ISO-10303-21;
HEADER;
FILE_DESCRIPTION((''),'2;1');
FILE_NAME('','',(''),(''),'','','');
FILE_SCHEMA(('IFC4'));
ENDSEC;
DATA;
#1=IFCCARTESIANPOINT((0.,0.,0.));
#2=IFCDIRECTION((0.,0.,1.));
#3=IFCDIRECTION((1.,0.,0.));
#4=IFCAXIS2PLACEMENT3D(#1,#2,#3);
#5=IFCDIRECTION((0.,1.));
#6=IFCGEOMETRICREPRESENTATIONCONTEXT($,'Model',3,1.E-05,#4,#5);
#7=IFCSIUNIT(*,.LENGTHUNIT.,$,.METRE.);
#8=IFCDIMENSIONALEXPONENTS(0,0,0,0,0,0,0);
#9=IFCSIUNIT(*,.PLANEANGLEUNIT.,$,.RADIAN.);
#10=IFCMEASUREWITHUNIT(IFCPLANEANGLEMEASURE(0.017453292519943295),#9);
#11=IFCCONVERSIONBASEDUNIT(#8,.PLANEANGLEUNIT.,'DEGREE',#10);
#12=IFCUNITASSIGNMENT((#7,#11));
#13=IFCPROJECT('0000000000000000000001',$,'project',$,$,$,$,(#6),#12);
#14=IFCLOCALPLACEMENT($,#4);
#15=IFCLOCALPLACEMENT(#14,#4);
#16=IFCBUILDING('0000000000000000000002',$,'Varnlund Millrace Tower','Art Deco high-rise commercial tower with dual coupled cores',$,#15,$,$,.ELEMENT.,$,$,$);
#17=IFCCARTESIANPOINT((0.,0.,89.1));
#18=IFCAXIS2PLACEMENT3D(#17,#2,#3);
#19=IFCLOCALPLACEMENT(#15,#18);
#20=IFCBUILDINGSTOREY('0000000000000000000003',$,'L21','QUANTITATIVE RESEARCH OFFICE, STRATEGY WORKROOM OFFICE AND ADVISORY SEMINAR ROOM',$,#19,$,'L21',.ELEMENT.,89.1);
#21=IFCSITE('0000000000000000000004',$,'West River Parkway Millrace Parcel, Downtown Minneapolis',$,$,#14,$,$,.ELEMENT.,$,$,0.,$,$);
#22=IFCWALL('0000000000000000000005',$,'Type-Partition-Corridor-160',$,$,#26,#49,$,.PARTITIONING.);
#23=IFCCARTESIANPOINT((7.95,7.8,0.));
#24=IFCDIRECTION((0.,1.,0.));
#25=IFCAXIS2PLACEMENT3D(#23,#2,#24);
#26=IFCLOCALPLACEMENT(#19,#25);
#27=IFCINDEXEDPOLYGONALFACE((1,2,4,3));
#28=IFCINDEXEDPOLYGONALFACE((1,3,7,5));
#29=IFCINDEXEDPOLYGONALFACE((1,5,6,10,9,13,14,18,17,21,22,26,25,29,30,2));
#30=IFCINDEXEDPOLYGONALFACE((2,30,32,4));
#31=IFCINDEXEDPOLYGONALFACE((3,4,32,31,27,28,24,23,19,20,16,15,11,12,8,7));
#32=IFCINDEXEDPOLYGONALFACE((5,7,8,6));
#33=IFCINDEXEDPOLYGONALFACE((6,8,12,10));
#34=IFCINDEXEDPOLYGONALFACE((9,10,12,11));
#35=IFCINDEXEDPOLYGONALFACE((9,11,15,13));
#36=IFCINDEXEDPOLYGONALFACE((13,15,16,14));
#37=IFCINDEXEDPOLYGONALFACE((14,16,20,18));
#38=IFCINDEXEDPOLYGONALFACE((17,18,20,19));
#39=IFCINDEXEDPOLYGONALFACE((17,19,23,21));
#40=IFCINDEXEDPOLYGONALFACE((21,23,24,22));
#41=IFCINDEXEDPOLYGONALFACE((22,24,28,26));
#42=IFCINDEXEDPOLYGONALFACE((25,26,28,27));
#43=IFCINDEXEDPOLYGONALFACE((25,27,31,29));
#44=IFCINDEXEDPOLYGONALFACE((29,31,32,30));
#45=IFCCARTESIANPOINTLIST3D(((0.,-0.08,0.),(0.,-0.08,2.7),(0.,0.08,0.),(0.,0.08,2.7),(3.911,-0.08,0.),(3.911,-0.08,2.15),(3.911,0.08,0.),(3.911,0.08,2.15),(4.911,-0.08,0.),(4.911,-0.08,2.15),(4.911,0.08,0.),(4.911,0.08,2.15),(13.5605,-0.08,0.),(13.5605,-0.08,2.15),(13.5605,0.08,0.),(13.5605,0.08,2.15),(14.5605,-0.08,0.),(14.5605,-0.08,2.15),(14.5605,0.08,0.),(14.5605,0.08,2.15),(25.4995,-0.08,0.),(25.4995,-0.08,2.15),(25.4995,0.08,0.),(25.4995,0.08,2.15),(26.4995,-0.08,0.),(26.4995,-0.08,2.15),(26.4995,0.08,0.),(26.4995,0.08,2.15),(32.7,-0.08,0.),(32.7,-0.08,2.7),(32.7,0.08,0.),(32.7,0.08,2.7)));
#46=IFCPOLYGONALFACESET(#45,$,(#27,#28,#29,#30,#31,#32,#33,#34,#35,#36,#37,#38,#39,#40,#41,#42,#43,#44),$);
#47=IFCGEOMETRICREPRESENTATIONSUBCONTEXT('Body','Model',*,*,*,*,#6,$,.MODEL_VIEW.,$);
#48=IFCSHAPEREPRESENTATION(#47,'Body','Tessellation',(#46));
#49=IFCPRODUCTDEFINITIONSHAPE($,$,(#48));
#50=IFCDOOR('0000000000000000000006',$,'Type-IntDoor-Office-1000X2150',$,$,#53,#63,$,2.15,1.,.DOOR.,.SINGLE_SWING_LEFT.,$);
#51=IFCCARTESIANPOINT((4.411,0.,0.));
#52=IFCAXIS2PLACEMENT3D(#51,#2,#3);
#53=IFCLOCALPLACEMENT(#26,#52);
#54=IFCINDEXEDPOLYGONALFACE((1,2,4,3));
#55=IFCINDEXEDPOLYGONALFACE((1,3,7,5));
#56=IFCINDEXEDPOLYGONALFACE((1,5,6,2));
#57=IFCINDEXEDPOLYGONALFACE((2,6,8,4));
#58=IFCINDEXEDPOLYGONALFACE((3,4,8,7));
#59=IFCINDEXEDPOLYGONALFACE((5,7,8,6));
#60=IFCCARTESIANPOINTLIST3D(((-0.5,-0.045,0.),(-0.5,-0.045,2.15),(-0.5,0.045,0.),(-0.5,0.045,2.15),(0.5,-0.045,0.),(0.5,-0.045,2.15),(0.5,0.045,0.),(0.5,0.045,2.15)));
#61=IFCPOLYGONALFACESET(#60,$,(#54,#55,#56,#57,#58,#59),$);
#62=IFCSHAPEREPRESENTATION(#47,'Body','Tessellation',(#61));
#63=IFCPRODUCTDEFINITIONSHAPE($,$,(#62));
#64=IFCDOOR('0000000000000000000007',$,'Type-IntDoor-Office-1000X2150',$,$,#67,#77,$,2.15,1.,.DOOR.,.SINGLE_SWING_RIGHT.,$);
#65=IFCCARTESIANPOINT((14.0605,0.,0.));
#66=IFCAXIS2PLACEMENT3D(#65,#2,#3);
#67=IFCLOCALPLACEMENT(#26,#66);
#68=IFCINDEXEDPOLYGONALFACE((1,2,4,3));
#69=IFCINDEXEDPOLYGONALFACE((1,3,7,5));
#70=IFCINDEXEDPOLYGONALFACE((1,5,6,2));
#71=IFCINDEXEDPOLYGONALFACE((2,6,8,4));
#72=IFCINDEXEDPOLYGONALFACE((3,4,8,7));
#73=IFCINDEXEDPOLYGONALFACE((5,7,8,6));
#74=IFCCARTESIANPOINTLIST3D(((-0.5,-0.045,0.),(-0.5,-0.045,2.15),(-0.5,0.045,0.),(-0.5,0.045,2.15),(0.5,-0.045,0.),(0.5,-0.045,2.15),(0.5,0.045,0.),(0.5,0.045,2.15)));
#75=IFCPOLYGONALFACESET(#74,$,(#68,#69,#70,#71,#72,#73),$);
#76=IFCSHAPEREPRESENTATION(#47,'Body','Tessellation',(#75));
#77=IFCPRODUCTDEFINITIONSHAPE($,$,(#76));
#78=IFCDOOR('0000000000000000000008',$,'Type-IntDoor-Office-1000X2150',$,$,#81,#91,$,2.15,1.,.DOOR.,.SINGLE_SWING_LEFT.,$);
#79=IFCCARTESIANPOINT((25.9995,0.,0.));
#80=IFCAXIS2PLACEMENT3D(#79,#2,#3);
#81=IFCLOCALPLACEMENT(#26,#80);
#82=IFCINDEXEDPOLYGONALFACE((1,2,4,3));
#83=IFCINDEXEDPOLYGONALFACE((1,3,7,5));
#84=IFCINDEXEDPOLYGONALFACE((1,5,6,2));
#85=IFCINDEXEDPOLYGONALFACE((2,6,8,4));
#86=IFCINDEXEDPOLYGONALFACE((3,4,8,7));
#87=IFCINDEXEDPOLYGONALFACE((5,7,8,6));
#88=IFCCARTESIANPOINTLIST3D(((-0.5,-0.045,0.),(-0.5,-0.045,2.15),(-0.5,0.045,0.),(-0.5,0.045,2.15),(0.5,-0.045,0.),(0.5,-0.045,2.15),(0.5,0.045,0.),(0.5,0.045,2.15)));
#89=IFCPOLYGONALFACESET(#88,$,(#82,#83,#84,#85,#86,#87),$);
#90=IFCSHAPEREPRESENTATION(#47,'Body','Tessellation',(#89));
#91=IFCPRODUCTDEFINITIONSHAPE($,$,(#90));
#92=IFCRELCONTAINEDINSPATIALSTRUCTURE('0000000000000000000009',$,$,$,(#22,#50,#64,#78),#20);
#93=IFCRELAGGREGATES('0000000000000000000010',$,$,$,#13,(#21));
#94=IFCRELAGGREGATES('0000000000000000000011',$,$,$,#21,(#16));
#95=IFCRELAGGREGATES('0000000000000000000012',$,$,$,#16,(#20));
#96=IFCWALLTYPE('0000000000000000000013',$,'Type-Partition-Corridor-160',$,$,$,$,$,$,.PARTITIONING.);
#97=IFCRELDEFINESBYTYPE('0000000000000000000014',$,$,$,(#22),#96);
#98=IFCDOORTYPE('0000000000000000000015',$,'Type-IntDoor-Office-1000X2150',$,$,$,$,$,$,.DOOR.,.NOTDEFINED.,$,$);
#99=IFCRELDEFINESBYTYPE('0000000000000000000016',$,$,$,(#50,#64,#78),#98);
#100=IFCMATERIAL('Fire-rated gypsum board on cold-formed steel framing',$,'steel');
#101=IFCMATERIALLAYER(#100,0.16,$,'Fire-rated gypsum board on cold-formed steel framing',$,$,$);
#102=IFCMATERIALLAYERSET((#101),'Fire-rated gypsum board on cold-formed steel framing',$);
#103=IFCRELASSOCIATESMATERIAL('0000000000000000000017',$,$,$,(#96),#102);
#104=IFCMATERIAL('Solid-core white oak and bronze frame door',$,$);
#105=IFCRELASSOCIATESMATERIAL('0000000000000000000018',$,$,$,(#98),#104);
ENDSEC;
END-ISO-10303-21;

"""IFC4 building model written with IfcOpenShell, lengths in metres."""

from ifc_helpers import new_model, entity, si_unit, converted_unit, direction, frame, origin_with_axes, origin_2d_with_axis, place, context, subcontext, project, spatial, polyline, rectangle, outline, extrude, material, layer, layer_set, type_object, element, fill, save


model = new_model("IFC4")

# Units and contexts
model_context = context("Model", 3, precision=1e-05, world=origin_with_axes(), true_north=direction((0.0, 1.0)))
body_context = subcontext(model_context, "Body", "Model", "MODEL_VIEW")
ifc_project = project(units=[si_unit("LENGTHUNIT", "METRE"), converted_unit("PLANEANGLEUNIT", "DEGREE", entity("IfcPlaneAngleMeasure", 0.017453292519943295), si_unit("PLANEANGLEUNIT", "RADIAN"), dimensions=[0, 0, 0, 0, 0, 0, 0])], contexts=[model_context])

# Site, building, storey
site_placement = place(None, origin_with_axes())
site = spatial("IfcSite", under=ifc_project, at=site_placement, Name="West River Parkway Millrace Parcel, Downtown Minneapolis", CompositionType="ELEMENT", RefElevation=0.0)
building_placement = place(site_placement, origin_with_axes())
building = spatial("IfcBuilding", under=site, at=building_placement, Name="Varnlund Millrace Tower", Description="Art Deco high-rise commercial tower with dual coupled cores", CompositionType="ELEMENT")
storey_placement = place(building_placement, frame((0.0, 0.0, 89.1), z_axis=(0.0, 0.0, 1.0), x_axis=(1.0, 0.0, 0.0)))
storey = spatial("IfcBuildingStorey", under=building, at=storey_placement, Name="L21", Description="QUANTITATIVE RESEARCH OFFICE, STRATEGY WORKROOM OFFICE AND ADVISORY SEMINAR ROOM", LongName="L21", CompositionType="ELEMENT", Elevation=89.1)

# Wall, openings, doors
ifc_material_1 = material(Name="Fire-rated gypsum board on cold-formed steel framing", Category="steel")
ifc_layer_1 = layer(ifc_material_1, 0.16, Name="Fire-rated gypsum board on cold-formed steel framing")
ifc_layer_set_1 = layer_set([ifc_layer_1], Name="Fire-rated gypsum board on cold-formed steel framing")
wall_type_1 = type_object("IfcWallType", Name="Type-Partition-Corridor-160", PredefinedType="PARTITIONING", material=ifc_layer_set_1)
ifc_material_2 = material(Name="Solid-core white oak and bronze frame door")
door_type_1 = type_object("IfcDoorType", Name="Type-IntDoor-Office-1000X2150", OperationType="NOTDEFINED", PredefinedType="DOOR", material=ifc_material_2)
wall_1_placement = place(storey_placement, frame((7.95, 7.8, 0.0), z_axis=(0.0, 0.0, 1.0), x_axis=(0.0, 1.0, 0.0)))
wall_1 = element("IfcWall", 1, at=wall_1_placement, inside=storey, type_object=wall_type_1, Name="Type-Partition-Corridor-160", PredefinedType="PARTITIONING", context=body_context, shape_type="SweptSolid", body=[
    extrude(outline(polyline([(0.0, -0.08), (32.7, -0.08), (32.7, 0.08), (0.0, 0.08), (0.0, -0.08)])), origin_with_axes(), (0.0, 0.0, 1.0), 2.7),
])
opening_1_placement = place(wall_1_placement, frame((4.411, 0.0, 0.0), z_axis=(0.0, 0.0, 1.0), x_axis=(1.0, 0.0, 0.0)))
opening_1 = element("IfcOpeningElement", 2, at=opening_1_placement, cuts=wall_1, PredefinedType="OPENING", context=body_context, shape_type="SweptSolid", body=[
    extrude(rectangle(XDim=1.0, YDim=0.18, at=origin_2d_with_axis()), origin_with_axes(), (0.0, 0.0, 1.0), 2.15),
])
opening_2_placement = place(wall_1_placement, frame((14.0605, 0.0, 0.0), z_axis=(0.0, 0.0, 1.0), x_axis=(1.0, 0.0, 0.0)))
opening_2 = element("IfcOpeningElement", 3, at=opening_2_placement, cuts=wall_1, PredefinedType="OPENING", context=body_context, shape_type="SweptSolid", body=[
    extrude(rectangle(XDim=1.0, YDim=0.18, at=origin_2d_with_axis()), origin_with_axes(), (0.0, 0.0, 1.0), 2.15),
])
opening_3_placement = place(wall_1_placement, frame((25.9995, 0.0, 0.0), z_axis=(0.0, 0.0, 1.0), x_axis=(1.0, 0.0, 0.0)))
opening_3 = element("IfcOpeningElement", 4, at=opening_3_placement, cuts=wall_1, PredefinedType="OPENING", context=body_context, shape_type="SweptSolid", body=[
    extrude(rectangle(XDim=1.0, YDim=0.18, at=origin_2d_with_axis()), origin_with_axes(), (0.0, 0.0, 1.0), 2.15),
])
door_1_placement = place(wall_1_placement, frame((4.411, 0.0, 0.0), z_axis=(0.0, 0.0, 1.0), x_axis=(1.0, 0.0, 0.0)))
door_1 = element("IfcDoor", 5, at=door_1_placement, inside=storey, type_object=door_type_1, Name="Type-IntDoor-Office-1000X2150", OperationType="SINGLE_SWING_LEFT", OverallHeight=2.15, OverallWidth=1.0, PredefinedType="DOOR", context=body_context, shape_type="SweptSolid", body=[
    extrude(rectangle(XDim=1.0, YDim=0.09, at=origin_2d_with_axis()), origin_with_axes(), (0.0, 0.0, 1.0), 2.15),
])
fill(opening_1, door_1)
door_2_placement = place(wall_1_placement, frame((14.0605, 0.0, 0.0), z_axis=(0.0, 0.0, 1.0), x_axis=(1.0, 0.0, 0.0)))
door_2 = element("IfcDoor", 6, at=door_2_placement, inside=storey, type_object=door_type_1, Name="Type-IntDoor-Office-1000X2150", OperationType="SINGLE_SWING_RIGHT", OverallHeight=2.15, OverallWidth=1.0, PredefinedType="DOOR", context=body_context, shape_type="SweptSolid", body=[
    extrude(rectangle(XDim=1.0, YDim=0.09, at=origin_2d_with_axis()), origin_with_axes(), (0.0, 0.0, 1.0), 2.15),
])
fill(opening_2, door_2)
door_3_placement = place(wall_1_placement, frame((25.9995, 0.0, 0.0), z_axis=(0.0, 0.0, 1.0), x_axis=(1.0, 0.0, 0.0)))
door_3 = element("IfcDoor", 7, at=door_3_placement, inside=storey, type_object=door_type_1, Name="Type-IntDoor-Office-1000X2150", OperationType="SINGLE_SWING_LEFT", OverallHeight=2.15, OverallWidth=1.0, PredefinedType="DOOR", context=body_context, shape_type="SweptSolid", body=[
    extrude(rectangle(XDim=1.0, YDim=0.09, at=origin_2d_with_axis()), origin_with_axes(), (0.0, 0.0, 1.0), 2.15),
])
fill(opening_3, door_3)

save(model, "model.ifc")
